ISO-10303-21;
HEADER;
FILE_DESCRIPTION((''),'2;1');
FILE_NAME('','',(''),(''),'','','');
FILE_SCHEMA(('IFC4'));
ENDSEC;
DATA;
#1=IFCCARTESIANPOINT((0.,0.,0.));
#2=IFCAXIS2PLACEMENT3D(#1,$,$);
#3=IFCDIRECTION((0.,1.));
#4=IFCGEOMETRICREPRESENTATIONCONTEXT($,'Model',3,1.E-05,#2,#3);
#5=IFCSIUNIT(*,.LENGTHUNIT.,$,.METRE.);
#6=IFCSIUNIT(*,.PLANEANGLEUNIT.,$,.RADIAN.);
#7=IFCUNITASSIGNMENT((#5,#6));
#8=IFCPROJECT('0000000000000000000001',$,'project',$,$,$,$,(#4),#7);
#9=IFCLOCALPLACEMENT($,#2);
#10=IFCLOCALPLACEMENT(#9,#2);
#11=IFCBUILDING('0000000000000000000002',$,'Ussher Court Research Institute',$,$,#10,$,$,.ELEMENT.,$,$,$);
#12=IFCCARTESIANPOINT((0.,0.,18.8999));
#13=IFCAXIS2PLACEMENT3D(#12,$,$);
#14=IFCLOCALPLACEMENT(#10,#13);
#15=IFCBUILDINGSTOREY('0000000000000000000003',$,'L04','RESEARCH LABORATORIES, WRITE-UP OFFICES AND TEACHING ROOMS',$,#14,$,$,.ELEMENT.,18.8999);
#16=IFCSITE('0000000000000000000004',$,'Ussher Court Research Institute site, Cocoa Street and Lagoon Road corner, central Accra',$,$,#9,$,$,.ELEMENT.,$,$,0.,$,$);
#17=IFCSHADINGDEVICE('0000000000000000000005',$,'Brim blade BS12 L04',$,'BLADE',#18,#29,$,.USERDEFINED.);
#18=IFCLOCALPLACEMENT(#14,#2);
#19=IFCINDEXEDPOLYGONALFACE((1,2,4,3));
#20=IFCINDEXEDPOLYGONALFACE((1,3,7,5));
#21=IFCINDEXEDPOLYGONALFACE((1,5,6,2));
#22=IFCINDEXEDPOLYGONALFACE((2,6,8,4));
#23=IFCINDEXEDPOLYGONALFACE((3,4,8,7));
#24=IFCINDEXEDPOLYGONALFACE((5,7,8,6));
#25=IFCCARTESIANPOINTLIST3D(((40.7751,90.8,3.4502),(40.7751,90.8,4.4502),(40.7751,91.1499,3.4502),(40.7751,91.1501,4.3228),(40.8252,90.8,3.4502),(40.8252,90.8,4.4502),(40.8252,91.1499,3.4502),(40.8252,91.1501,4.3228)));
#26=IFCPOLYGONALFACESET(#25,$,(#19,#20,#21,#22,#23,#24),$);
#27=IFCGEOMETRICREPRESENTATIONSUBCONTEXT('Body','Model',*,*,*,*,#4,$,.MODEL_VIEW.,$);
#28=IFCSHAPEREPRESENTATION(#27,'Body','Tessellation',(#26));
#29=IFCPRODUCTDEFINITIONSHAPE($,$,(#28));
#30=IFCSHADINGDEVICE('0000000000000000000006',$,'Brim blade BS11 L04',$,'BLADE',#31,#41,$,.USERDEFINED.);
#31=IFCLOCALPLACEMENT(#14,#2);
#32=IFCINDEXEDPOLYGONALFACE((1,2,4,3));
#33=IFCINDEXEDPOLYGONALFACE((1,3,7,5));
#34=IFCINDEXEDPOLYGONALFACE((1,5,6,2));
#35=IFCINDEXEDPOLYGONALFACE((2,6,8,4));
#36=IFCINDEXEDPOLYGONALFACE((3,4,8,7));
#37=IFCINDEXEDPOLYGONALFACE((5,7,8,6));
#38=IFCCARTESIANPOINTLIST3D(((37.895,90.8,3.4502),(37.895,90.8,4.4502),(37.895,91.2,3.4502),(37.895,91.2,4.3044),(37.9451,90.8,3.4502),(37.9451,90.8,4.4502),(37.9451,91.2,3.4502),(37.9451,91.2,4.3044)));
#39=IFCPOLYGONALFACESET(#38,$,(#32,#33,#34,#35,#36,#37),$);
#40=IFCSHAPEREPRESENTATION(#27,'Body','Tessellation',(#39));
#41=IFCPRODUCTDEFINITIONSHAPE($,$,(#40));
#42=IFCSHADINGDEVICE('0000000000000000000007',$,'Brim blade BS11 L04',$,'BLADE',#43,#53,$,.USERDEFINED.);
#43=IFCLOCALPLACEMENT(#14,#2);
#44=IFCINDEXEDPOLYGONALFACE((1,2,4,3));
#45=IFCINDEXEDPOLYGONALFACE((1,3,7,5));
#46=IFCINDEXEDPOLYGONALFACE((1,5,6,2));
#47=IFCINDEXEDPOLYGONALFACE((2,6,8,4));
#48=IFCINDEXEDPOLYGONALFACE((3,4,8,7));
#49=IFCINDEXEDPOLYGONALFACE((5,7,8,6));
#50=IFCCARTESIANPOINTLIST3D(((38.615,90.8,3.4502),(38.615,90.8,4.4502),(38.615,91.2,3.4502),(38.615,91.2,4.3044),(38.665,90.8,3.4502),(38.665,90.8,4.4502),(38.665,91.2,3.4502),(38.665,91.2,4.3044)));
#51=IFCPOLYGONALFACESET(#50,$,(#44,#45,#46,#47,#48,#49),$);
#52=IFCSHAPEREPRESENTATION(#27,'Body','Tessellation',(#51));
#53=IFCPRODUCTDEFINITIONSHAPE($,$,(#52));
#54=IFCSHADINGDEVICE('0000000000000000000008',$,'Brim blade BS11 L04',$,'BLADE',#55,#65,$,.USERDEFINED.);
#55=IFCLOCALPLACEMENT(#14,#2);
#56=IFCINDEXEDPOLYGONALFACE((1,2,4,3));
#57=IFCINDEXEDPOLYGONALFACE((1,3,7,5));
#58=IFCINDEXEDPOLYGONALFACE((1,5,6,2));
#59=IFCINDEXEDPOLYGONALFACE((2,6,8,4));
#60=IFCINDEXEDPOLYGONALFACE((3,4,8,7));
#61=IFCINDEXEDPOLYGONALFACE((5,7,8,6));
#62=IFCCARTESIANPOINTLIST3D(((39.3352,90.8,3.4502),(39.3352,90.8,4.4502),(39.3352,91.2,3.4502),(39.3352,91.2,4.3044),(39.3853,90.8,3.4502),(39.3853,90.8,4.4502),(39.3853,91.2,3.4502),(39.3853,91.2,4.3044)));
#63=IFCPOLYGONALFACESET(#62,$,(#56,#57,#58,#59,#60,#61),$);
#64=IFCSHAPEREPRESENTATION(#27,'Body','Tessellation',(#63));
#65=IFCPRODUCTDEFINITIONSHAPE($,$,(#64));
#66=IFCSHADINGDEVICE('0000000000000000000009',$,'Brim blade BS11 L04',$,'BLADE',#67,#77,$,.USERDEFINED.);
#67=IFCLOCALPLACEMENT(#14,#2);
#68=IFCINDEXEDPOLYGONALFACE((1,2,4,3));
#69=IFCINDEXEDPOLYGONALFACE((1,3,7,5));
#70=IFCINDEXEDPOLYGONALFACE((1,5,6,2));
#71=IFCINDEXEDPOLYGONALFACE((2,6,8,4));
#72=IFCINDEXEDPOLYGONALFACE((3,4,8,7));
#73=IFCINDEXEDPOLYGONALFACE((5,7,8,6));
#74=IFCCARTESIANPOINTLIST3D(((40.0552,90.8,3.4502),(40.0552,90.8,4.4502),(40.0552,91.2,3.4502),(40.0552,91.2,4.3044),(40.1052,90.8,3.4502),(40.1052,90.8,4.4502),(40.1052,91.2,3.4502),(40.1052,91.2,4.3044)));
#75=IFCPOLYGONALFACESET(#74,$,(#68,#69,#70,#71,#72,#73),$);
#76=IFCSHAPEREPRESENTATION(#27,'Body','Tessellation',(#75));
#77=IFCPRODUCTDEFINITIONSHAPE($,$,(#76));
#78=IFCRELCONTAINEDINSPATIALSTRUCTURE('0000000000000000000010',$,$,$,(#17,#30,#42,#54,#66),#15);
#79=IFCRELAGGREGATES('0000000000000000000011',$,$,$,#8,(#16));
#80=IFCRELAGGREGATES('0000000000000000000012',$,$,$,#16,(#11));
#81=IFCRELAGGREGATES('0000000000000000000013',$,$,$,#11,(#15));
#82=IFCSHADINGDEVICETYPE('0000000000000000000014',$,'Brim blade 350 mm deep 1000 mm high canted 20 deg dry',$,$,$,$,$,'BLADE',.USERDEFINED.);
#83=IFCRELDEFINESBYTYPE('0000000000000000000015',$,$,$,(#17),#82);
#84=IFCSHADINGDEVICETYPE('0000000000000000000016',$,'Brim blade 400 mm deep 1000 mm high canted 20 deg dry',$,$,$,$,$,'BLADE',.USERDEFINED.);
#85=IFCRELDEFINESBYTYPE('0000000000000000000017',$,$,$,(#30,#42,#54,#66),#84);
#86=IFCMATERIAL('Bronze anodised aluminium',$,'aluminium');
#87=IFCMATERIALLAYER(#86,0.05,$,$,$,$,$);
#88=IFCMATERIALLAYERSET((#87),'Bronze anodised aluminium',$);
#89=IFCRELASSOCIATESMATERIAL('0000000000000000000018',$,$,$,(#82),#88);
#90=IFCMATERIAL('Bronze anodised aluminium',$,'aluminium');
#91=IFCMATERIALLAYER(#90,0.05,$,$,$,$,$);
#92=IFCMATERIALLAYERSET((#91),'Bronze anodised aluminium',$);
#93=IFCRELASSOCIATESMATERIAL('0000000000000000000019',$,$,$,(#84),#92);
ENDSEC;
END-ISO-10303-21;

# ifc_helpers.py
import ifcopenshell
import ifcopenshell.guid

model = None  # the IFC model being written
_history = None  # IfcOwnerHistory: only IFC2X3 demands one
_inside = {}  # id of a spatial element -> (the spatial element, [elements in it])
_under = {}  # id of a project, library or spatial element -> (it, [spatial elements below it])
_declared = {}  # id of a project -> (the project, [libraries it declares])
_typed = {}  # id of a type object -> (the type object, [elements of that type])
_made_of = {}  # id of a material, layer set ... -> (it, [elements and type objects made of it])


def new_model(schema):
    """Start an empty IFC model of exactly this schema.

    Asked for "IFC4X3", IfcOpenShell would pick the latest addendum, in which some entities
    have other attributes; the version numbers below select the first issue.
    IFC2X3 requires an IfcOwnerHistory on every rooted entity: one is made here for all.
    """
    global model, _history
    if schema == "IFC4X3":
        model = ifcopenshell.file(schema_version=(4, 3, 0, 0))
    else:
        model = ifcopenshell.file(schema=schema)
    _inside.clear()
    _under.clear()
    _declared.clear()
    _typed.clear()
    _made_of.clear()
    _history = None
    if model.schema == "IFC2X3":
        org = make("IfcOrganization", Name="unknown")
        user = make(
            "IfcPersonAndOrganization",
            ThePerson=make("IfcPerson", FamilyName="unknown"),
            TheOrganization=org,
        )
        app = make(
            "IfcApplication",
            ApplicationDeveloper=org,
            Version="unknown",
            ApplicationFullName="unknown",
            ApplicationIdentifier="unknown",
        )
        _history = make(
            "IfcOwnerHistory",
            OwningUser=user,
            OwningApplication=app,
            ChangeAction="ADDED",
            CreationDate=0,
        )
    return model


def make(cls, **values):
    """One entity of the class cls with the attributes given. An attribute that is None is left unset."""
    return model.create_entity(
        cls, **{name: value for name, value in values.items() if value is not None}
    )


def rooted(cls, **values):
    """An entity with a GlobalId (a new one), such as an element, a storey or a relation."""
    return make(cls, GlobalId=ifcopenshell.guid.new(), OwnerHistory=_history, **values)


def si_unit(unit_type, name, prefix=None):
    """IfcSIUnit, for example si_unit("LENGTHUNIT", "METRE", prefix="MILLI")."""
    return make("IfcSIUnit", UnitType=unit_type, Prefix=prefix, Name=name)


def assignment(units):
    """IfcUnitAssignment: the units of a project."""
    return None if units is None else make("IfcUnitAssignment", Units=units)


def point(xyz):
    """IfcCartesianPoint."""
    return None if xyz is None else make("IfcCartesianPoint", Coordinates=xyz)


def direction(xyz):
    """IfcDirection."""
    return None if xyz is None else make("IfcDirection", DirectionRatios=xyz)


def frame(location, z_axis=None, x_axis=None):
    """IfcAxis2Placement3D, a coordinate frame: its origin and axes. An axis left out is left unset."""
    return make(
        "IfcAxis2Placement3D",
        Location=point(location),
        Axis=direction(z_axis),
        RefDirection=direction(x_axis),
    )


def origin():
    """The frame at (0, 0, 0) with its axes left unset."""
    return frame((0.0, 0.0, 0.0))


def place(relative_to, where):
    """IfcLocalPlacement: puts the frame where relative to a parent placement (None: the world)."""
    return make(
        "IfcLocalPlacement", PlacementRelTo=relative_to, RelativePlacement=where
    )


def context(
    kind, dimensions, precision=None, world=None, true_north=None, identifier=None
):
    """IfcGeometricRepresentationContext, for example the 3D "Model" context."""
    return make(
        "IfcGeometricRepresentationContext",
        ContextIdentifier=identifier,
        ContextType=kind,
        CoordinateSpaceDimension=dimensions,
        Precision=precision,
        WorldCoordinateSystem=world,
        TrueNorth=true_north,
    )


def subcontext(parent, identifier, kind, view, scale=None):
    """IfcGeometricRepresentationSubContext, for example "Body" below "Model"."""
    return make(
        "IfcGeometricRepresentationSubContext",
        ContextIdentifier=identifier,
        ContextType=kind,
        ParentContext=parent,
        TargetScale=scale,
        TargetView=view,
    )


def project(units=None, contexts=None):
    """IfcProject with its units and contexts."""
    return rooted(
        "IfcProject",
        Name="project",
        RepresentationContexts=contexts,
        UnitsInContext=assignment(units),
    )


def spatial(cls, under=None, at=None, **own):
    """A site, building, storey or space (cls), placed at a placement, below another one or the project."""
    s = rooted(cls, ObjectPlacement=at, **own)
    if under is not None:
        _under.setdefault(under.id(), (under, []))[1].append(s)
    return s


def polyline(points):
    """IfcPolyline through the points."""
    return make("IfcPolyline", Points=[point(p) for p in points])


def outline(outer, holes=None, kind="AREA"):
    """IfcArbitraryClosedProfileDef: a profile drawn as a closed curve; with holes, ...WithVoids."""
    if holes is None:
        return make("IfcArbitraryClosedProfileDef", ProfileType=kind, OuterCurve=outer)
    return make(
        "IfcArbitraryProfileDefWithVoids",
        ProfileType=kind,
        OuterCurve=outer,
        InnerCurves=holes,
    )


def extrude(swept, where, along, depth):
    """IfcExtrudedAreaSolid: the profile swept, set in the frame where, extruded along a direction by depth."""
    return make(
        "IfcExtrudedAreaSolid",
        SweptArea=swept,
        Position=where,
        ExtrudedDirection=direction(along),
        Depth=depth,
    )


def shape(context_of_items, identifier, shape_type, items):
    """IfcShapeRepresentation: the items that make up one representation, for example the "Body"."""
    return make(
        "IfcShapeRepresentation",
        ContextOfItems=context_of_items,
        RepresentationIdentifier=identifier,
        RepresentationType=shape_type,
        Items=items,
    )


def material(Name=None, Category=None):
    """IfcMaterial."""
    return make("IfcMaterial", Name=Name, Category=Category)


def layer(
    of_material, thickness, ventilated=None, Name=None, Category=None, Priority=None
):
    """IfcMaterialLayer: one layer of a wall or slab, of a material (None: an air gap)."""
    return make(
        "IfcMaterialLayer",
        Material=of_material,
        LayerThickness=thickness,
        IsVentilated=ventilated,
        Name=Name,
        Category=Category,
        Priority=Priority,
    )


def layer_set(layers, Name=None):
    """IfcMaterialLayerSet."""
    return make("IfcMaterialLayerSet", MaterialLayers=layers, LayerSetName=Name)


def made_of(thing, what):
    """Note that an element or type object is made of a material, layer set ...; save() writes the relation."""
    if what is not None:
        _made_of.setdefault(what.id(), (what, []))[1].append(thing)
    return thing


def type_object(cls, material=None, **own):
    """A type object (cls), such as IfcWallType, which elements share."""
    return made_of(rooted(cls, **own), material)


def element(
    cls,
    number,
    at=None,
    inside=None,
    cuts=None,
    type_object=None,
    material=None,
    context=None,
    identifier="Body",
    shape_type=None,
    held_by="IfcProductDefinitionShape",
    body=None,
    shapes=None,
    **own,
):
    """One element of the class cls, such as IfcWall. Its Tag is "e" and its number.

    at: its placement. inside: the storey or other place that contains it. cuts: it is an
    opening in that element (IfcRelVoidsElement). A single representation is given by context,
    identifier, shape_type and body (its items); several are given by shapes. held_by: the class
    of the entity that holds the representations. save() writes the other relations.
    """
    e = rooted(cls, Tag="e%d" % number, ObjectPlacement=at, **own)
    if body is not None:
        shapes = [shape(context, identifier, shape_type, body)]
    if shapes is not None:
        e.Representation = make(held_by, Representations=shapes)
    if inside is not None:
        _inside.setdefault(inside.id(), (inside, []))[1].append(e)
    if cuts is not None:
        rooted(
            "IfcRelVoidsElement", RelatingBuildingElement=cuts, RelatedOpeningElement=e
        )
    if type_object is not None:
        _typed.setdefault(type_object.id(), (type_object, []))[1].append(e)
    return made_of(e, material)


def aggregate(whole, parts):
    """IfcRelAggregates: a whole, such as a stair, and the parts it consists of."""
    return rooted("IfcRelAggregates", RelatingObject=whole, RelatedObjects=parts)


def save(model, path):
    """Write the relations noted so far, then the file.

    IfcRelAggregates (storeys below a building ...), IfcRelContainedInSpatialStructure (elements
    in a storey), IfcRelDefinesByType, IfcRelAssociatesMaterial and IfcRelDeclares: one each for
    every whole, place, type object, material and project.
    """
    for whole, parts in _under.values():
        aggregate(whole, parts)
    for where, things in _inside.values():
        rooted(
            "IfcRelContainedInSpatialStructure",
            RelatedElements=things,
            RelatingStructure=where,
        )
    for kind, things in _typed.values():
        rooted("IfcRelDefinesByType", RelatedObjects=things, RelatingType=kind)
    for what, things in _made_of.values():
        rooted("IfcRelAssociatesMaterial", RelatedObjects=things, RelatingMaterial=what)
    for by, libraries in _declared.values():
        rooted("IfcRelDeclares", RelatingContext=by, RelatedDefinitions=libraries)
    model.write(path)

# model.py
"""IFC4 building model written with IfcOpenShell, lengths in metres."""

from ifc_helpers import new_model, si_unit, direction, frame, origin, place, context, subcontext, project, spatial, polyline, outline, extrude, material, layer, layer_set, type_object, element, save


model = new_model("IFC4")

# Units and contexts
model_context = context("Model", 3, precision=1e-05, world=origin(), true_north=direction((0.0, 1.0)))
body_context = subcontext(model_context, "Body", "Model", "MODEL_VIEW")
ifc_project = project(units=[si_unit("LENGTHUNIT", "METRE"), si_unit("PLANEANGLEUNIT", "RADIAN")], contexts=[model_context])

# Site, building, storey
site_placement = place(None, origin())
site = spatial("IfcSite", under=ifc_project, at=site_placement, Name="Ussher Court Research Institute site, Cocoa Street and Lagoon Road corner, central Accra", CompositionType="ELEMENT", RefElevation=0.0)
building_placement = place(site_placement, origin())
building = spatial("IfcBuilding", under=site, at=building_placement, Name="Ussher Court Research Institute", CompositionType="ELEMENT")
storey_placement = place(building_placement, frame((0.0, 0.0, 18.8999)))
storey = spatial("IfcBuildingStorey", under=building, at=storey_placement, Name="L04", Description="RESEARCH LABORATORIES, WRITE-UP OFFICES AND TEACHING ROOMS", CompositionType="ELEMENT", Elevation=18.8999)

# Shading devices
ifc_material_1 = material(Name="Bronze anodised aluminium", Category="aluminium")
ifc_layer_1 = layer(ifc_material_1, 0.05)
ifc_layer_set_1 = layer_set([ifc_layer_1], Name="Bronze anodised aluminium")
shading_device_type_1 = type_object("IfcShadingDeviceType", Name="Brim blade 350 mm deep 1000 mm high canted 20 deg dry", ElementType="BLADE", PredefinedType="USERDEFINED", material=ifc_layer_set_1)
for number, where, z_axis, x_axis, name in (
    (1, (40.8, 90.8, 3.4502), (0.0, 0.0, 1.0), (0.0, 1.0, 0.0), "Brim blade BS12 L04"),
):
    element("IfcShadingDevice", number, at=place(storey_placement, frame(where, z_axis=z_axis, x_axis=x_axis)), inside=storey, type_object=shading_device_type_1, Name=name, ObjectType="BLADE", PredefinedType="USERDEFINED", context=body_context, shape_type="SweptSolid", body=[
        extrude(outline(polyline([(0.0, 0.0), (0.3499, 0.0), (0.3501, 0.8726), (0.0, 1.0), (0.0, 0.0)])), frame((0.0, 0.0249, 0.0), z_axis=(0.0, -1.0, 0.0), x_axis=(1.0, 0.0, 0.0)), (0.0, 0.0, 1.0), 0.05),
    ])
ifc_material_2 = material(Name="Bronze anodised aluminium", Category="aluminium")
ifc_layer_2 = layer(ifc_material_2, 0.05)
ifc_layer_set_2 = layer_set([ifc_layer_2], Name="Bronze anodised aluminium")
shading_device_type_2 = type_object("IfcShadingDeviceType", Name="Brim blade 400 mm deep 1000 mm high canted 20 deg dry", ElementType="BLADE", PredefinedType="USERDEFINED", material=ifc_layer_set_2)
for number, where, z_axis, x_axis, name in (
    (2, (37.9199, 90.8, 3.4502), (0.0, 0.0, 1.0), (0.0, 1.0, 0.0), "Brim blade BS11 L04"),
    (3, (38.6399, 90.8, 3.4502), (0.0, 0.0, 1.0), (0.0, 1.0, 0.0), "Brim blade BS11 L04"),
    (4, (39.3601, 90.8, 3.4502), (0.0, 0.0, 1.0), (0.0, 1.0, 0.0), "Brim blade BS11 L04"),
    (5, (40.0801, 90.8, 3.4502), (0.0, 0.0, 1.0), (0.0, 1.0, 0.0), "Brim blade BS11 L04"),
):
    element("IfcShadingDevice", number, at=place(storey_placement, frame(where, z_axis=z_axis, x_axis=x_axis)), inside=storey, type_object=shading_device_type_2, Name=name, ObjectType="BLADE", PredefinedType="USERDEFINED", context=body_context, shape_type="SweptSolid", body=[
        extrude(outline(polyline([(0.0, 0.0), (0.3999, 0.0), (0.3999, 0.8542), (0.0, 1.0), (0.0, 0.0)])), frame((0.0, 0.0249, 0.0), z_axis=(0.0, -1.0, 0.0), x_axis=(1.0, 0.0, 0.0)), (0.0, 0.0, 1.0), 0.05),
    ])

save(model, "model.ifc")
